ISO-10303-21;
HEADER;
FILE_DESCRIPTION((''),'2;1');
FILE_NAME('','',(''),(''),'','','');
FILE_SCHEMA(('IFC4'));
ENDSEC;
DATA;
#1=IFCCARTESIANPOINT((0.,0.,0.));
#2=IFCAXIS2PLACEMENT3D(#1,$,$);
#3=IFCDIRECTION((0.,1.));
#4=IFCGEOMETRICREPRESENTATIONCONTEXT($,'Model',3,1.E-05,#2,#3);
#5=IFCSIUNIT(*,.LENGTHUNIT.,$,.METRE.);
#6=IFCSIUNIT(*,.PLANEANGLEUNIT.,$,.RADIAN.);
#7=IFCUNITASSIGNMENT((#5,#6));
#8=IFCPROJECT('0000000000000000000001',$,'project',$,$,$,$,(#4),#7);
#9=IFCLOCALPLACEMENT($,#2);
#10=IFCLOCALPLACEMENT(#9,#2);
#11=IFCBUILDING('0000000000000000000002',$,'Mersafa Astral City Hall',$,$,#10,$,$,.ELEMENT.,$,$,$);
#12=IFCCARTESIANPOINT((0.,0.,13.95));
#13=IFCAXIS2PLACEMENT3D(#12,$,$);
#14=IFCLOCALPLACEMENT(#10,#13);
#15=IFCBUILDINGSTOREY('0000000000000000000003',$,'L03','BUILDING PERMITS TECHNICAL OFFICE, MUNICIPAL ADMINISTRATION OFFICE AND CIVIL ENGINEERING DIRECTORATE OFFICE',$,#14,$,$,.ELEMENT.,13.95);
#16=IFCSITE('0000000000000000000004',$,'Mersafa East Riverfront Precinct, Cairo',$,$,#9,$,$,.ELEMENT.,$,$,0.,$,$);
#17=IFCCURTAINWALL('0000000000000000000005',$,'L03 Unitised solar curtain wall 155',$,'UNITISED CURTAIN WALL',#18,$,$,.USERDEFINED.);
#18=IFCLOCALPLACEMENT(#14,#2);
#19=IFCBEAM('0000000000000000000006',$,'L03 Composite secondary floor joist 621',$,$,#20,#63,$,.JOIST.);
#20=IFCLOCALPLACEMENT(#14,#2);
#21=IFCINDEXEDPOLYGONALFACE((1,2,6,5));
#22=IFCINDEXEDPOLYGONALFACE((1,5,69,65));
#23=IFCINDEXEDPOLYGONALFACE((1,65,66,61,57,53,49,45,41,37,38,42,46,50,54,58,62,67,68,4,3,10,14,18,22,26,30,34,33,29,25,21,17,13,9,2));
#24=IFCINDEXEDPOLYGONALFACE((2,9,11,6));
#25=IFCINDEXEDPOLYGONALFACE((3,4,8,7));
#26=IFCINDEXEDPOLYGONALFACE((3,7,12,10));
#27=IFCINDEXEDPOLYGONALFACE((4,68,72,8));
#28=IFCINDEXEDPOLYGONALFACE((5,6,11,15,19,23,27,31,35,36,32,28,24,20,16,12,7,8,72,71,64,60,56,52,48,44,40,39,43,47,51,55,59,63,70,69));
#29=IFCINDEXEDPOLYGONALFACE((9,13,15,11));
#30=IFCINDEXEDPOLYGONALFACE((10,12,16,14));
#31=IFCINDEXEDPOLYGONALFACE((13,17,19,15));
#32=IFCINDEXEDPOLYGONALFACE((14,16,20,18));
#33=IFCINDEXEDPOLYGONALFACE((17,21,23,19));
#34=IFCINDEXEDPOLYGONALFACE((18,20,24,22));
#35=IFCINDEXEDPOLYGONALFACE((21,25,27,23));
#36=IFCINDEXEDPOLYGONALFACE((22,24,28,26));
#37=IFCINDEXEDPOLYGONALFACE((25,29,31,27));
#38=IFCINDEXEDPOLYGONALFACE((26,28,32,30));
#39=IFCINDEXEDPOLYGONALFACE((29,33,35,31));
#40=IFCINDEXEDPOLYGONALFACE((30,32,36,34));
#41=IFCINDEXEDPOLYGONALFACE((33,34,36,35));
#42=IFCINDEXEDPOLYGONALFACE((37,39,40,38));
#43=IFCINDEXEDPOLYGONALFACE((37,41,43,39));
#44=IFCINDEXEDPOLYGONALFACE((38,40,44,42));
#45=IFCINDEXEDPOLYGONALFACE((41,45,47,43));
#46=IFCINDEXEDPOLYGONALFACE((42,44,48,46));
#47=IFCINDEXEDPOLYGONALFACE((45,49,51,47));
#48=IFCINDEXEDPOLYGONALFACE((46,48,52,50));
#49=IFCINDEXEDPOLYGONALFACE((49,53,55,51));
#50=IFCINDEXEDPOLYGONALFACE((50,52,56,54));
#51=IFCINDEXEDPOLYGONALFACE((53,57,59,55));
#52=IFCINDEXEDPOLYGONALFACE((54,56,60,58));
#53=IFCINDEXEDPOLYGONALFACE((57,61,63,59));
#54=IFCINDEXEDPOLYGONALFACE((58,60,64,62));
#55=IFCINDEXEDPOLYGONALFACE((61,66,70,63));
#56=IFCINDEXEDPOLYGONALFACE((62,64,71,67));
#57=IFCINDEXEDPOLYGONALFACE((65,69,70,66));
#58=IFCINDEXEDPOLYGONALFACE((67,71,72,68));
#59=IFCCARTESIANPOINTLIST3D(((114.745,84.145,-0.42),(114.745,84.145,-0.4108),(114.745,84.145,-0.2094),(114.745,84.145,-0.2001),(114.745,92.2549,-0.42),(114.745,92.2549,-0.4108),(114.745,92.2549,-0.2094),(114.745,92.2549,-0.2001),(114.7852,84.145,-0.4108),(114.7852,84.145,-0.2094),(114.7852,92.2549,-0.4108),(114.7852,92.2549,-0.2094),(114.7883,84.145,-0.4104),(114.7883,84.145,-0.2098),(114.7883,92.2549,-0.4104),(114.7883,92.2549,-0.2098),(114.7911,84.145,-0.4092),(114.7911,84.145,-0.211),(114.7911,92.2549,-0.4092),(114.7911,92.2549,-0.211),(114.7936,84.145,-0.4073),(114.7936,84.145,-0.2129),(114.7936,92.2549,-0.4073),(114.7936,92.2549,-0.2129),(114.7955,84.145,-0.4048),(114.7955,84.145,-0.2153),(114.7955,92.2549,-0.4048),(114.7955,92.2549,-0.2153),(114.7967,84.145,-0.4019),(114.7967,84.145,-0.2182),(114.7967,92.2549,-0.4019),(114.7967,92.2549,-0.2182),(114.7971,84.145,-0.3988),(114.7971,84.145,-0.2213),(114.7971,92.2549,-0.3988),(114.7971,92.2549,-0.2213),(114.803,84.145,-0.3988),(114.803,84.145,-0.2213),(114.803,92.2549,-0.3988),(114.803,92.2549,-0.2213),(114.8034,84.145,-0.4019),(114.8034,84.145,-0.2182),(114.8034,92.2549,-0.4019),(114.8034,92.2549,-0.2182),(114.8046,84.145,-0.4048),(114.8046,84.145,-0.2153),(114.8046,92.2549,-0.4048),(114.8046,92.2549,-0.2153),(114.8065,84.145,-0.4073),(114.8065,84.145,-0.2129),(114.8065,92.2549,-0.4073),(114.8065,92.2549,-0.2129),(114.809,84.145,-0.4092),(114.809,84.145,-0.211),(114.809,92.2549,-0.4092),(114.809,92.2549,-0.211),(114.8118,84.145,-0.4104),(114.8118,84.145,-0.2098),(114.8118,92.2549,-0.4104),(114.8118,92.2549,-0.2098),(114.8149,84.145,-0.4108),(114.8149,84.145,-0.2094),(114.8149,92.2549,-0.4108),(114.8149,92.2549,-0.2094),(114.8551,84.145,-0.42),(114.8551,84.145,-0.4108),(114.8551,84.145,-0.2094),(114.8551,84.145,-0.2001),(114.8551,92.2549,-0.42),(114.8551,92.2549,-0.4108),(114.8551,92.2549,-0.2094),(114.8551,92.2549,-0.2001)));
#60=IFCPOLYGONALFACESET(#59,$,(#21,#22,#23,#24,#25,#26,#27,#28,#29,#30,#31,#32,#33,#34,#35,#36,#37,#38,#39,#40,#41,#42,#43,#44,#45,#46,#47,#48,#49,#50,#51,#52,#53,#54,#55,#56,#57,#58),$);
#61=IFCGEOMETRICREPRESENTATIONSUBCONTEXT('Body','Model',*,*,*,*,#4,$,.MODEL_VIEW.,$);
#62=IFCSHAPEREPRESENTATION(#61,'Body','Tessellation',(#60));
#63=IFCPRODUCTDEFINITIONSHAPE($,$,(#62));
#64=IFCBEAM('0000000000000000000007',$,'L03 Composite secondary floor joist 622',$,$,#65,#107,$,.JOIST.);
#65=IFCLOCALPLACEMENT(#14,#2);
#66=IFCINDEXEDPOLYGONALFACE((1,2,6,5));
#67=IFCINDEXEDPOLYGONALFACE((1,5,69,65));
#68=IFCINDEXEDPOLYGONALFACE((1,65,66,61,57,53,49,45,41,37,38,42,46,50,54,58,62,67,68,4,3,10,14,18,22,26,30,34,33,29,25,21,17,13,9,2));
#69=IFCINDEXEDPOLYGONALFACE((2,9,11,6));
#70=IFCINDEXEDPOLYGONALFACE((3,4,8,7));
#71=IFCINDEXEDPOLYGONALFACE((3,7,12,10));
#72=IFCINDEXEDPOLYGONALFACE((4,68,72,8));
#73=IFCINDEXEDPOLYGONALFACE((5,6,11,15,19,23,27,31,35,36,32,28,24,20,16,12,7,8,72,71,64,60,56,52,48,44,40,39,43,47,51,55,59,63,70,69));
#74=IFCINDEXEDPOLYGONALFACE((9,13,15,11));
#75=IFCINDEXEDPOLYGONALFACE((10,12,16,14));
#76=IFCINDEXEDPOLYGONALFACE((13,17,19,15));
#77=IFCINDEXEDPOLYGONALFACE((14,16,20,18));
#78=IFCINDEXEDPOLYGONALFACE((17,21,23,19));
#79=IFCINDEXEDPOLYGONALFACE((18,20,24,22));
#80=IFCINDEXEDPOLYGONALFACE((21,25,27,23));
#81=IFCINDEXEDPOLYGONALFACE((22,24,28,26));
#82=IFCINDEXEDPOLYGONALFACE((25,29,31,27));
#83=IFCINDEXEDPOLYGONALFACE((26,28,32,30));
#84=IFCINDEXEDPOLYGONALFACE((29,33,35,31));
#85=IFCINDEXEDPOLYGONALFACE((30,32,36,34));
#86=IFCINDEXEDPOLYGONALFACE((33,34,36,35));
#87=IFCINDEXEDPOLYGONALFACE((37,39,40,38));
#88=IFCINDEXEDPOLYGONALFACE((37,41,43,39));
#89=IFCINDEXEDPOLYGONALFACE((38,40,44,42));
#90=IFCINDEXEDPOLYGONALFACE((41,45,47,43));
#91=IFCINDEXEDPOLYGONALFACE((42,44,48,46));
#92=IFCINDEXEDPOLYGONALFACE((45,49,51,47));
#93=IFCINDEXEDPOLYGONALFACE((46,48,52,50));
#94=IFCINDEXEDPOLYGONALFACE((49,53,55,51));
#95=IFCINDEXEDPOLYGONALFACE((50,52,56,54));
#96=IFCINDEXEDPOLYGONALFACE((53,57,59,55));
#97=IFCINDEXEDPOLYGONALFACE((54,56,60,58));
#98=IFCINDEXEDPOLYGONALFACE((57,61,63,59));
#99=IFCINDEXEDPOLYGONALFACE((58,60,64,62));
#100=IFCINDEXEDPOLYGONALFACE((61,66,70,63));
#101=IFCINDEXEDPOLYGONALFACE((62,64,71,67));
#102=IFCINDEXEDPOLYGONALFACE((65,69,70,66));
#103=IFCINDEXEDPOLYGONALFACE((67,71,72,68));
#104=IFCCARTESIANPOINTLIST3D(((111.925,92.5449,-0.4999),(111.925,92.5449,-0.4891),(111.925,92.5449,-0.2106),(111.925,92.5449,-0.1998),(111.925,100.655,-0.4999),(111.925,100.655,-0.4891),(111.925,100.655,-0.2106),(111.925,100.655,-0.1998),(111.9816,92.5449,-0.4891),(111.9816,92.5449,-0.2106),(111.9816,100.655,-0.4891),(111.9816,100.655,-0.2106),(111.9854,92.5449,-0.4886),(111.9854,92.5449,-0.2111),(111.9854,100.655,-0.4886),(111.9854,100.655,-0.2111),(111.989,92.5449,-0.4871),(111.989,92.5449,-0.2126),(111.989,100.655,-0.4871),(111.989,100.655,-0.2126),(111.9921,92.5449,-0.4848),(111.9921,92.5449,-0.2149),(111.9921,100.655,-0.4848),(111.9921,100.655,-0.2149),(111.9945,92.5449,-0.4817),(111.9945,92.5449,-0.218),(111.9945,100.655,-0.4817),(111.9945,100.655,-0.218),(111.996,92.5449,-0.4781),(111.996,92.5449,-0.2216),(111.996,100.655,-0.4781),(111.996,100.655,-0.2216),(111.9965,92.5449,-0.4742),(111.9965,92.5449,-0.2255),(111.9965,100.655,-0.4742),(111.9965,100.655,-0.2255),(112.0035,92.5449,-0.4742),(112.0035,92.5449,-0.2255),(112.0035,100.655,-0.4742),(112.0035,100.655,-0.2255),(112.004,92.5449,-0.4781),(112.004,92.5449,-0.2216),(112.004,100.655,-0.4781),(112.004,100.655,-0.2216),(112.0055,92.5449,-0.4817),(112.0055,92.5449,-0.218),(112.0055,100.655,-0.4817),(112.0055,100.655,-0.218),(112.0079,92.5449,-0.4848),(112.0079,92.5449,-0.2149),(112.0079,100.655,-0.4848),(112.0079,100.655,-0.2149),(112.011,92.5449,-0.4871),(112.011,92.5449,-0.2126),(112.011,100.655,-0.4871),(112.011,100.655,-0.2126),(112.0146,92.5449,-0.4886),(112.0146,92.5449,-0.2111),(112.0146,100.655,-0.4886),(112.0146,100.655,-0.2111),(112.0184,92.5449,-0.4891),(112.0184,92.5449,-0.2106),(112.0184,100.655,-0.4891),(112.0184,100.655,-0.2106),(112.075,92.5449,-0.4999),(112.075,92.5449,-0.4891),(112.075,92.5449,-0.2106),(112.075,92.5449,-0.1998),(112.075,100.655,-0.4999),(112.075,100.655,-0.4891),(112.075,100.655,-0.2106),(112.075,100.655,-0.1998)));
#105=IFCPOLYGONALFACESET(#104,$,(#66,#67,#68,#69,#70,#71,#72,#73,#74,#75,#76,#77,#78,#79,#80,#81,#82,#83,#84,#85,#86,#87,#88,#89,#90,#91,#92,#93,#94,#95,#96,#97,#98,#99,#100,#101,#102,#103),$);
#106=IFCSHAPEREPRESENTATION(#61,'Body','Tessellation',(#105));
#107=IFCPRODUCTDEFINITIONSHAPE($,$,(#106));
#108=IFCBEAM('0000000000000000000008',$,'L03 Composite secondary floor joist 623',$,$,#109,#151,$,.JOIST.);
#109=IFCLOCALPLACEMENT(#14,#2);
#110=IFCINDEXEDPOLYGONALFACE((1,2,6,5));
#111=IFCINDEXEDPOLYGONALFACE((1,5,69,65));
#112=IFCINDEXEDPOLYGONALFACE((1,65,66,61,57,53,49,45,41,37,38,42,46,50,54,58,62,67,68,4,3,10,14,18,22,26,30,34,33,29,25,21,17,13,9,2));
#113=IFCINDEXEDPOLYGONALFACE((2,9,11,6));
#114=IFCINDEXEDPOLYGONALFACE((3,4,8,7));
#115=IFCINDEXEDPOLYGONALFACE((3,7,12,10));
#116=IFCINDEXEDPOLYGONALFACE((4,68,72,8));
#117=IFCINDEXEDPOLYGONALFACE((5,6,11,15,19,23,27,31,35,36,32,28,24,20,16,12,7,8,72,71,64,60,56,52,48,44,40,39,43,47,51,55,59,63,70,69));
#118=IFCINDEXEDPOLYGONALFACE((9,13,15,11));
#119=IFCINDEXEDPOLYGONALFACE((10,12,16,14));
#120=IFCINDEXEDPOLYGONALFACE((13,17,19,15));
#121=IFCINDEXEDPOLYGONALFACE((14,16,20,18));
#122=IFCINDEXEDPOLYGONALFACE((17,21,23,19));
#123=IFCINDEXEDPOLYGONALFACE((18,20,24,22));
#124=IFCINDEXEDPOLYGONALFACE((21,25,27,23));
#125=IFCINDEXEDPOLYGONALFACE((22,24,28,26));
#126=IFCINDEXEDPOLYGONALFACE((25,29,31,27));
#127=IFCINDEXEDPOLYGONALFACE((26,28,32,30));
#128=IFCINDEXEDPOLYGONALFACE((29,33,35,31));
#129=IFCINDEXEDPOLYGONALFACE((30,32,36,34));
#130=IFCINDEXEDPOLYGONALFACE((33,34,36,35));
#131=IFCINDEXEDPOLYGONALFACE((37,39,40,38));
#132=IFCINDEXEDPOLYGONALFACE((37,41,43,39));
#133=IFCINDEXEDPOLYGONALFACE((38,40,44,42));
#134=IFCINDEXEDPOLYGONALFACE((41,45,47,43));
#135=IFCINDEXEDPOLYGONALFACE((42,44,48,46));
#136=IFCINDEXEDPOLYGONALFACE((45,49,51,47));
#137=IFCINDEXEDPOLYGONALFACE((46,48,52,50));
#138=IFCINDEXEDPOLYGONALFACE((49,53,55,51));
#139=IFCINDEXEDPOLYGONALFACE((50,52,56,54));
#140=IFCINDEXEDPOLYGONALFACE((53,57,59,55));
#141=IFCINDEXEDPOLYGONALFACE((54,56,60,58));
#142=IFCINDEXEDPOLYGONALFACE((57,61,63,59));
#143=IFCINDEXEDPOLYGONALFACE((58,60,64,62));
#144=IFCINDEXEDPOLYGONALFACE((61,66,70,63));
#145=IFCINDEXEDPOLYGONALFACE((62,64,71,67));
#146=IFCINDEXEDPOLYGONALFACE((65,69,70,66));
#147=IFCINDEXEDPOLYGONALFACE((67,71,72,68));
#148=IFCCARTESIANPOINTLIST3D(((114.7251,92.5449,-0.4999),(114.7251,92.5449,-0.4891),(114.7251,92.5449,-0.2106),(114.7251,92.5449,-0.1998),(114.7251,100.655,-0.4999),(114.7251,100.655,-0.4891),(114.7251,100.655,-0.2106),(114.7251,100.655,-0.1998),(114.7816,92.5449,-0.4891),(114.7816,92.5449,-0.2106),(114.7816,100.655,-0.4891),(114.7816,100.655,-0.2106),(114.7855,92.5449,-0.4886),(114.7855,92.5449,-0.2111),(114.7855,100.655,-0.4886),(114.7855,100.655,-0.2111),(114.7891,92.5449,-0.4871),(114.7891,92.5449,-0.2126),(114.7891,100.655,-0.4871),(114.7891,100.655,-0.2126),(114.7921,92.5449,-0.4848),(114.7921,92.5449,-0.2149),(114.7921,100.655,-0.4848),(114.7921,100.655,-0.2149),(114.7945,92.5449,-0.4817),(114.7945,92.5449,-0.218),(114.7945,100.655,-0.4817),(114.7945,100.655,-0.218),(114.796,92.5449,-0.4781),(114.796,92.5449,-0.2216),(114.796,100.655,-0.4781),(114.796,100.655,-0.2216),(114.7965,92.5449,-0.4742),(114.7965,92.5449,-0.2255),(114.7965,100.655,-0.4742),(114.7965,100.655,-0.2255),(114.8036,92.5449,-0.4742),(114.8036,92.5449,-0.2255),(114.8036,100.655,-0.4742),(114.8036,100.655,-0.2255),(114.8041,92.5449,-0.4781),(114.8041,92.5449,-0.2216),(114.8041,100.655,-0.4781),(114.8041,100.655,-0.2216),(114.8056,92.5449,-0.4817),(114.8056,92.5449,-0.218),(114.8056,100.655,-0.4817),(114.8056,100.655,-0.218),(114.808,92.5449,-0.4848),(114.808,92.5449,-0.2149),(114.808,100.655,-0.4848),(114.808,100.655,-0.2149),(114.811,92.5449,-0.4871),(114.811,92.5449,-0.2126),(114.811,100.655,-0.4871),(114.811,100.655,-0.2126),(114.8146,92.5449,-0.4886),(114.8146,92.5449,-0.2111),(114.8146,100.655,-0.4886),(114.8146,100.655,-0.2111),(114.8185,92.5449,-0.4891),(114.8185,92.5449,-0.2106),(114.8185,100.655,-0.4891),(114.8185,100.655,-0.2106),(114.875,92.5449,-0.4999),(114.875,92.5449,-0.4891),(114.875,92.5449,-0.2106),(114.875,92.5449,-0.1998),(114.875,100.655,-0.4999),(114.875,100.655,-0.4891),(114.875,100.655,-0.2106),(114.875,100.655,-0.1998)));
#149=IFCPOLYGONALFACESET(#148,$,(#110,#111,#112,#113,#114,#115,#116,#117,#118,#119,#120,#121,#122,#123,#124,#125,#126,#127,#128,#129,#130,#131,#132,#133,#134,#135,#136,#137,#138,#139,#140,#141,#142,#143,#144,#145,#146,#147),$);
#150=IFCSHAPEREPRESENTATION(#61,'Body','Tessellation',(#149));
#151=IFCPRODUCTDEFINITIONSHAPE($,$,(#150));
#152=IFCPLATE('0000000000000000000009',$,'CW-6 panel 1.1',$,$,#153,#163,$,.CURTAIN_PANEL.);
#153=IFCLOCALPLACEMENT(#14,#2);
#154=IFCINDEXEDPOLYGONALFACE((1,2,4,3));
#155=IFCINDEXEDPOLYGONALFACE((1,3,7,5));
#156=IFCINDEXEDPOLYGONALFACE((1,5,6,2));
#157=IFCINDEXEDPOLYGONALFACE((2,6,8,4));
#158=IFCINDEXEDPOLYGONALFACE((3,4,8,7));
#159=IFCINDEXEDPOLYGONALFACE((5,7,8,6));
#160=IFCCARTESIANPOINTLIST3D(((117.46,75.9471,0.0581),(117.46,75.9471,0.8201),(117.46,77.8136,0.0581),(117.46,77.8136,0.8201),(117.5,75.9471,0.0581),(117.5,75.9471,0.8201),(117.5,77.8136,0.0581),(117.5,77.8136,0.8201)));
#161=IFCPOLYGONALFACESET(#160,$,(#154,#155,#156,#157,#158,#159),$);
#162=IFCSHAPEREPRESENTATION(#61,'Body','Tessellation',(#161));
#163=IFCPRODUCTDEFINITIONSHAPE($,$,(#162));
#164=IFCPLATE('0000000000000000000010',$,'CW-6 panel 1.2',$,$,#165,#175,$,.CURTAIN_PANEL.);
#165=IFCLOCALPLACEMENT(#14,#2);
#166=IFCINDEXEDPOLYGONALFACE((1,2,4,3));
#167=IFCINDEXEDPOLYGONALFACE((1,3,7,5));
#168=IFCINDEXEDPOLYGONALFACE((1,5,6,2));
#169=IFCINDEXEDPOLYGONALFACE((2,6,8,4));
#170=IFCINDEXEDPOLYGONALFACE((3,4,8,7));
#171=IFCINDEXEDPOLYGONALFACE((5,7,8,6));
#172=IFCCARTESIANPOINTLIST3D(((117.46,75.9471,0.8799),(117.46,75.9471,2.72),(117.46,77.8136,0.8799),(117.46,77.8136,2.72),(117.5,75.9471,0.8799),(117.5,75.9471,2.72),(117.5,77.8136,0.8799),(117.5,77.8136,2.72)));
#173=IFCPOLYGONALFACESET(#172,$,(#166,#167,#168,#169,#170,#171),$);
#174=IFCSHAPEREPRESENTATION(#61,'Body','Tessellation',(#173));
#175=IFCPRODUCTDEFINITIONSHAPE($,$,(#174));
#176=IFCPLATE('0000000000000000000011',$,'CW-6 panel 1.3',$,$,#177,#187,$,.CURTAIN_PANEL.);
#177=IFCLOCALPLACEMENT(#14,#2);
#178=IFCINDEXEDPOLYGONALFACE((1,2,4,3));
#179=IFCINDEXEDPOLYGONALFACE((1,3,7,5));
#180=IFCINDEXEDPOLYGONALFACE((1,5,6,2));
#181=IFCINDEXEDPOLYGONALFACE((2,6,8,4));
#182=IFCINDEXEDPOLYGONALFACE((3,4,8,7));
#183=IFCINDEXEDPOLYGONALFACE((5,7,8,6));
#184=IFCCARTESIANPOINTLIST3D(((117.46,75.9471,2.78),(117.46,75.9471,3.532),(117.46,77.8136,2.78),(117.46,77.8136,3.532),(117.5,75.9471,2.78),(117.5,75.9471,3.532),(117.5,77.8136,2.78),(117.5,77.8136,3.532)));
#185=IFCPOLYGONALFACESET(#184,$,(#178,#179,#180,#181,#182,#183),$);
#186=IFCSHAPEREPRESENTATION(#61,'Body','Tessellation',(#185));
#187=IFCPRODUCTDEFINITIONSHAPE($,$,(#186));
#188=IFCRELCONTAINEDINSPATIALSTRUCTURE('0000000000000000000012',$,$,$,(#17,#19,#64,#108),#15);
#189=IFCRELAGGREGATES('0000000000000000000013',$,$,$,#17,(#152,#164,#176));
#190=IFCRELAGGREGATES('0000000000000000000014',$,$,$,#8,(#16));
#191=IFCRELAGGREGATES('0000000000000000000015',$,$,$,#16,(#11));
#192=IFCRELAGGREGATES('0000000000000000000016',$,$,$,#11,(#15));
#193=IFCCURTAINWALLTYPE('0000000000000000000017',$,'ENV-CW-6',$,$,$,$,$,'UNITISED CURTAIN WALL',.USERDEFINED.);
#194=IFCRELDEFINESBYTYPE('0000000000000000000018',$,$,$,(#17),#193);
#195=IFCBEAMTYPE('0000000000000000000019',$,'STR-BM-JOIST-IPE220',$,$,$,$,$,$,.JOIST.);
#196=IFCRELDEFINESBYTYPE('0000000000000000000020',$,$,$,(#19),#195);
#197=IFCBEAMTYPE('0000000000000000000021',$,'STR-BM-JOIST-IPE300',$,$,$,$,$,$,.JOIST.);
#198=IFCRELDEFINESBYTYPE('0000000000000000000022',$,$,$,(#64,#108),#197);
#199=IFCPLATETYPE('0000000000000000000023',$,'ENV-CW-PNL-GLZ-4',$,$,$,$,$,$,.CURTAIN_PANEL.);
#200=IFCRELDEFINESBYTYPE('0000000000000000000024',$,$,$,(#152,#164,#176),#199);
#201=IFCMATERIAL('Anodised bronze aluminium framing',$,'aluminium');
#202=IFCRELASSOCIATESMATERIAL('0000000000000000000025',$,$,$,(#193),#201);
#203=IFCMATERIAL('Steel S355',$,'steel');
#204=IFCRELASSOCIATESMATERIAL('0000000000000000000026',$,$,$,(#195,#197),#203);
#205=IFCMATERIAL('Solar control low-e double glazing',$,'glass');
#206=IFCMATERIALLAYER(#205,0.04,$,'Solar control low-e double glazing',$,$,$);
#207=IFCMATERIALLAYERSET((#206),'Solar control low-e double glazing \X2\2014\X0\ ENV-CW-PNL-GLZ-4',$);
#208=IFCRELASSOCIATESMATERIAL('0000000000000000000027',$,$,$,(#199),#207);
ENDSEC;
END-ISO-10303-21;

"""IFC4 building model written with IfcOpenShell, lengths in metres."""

from ifc_helpers import new_model, si_unit, direction, frame, origin, origin_2d, place, context, subcontext, project, spatial, rectangle, i_section, extrude, material, layer, layer_set, material_profile, profile_set, type_object, element, aggregate, save


model = new_model("IFC4")

# Units and contexts
model_context = context("Model", 3, precision=1e-05, world=origin(), true_north=direction((0.0, 1.0)))
body_context = subcontext(model_context, "Body", "Model", "MODEL_VIEW")
ifc_project = project(units=[si_unit("LENGTHUNIT", "METRE"), si_unit("PLANEANGLEUNIT", "RADIAN")], contexts=[model_context])

# Site, building, storey
site_placement = place(None, origin())
site = spatial("IfcSite", under=ifc_project, at=site_placement, Name="Mersafa East Riverfront Precinct, Cairo", CompositionType="ELEMENT", RefElevation=0.0)
building_placement = place(site_placement, origin())
building = spatial("IfcBuilding", under=site, at=building_placement, Name="Mersafa Astral City Hall", CompositionType="ELEMENT")
storey_placement = place(building_placement, frame((0.0, 0.0, 13.95)))
storey = spatial("IfcBuildingStorey", under=building, at=storey_placement, Name="L03", Description="BUILDING PERMITS TECHNICAL OFFICE, MUNICIPAL ADMINISTRATION OFFICE AND CIVIL ENGINEERING DIRECTORATE OFFICE", CompositionType="ELEMENT", Elevation=13.95)

# Curtain wall
ifc_material_1 = material(Name="Anodised bronze aluminium framing", Category="aluminium")
curtain_wall_type = type_object("IfcCurtainWallType", Name="ENV-CW-6", ElementType="UNITISED CURTAIN WALL", PredefinedType="USERDEFINED", material=ifc_material_1)
curtain_wall_placement = place(storey_placement, origin())
curtain_wall = element("IfcCurtainWall", 1, at=curtain_wall_placement, inside=storey, type_object=curtain_wall_type, Name="L03 Unitised solar curtain wall 155", ObjectType="UNITISED CURTAIN WALL", PredefinedType="USERDEFINED")

# Beams
ifc_material_2 = material(Name="Steel S355", Category="steel")
ifc_material_profile_1 = material_profile(ifc_material_2, i_section(OverallWidth=0.1101, OverallDepth=0.22, WebThickness=0.0059, FlangeThickness=0.0093, FilletRadius=0.012, at=origin_2d()), Name="IPE 220")
ifc_profile_set_1 = profile_set([ifc_material_profile_1], Name="Steel S355")
beam_type_1 = type_object("IfcBeamType", Name="STR-BM-JOIST-IPE220", PredefinedType="JOIST", material=ifc_profile_set_1)
for number, where, z_axis, x_axis, name in (
    (2, (114.8, 84.145, -0.3101), (0.0, 1.0, 0.0), (-1.0, 0.0, 0.0), "L03 Composite secondary floor joist 621"),
):
    element("IfcBeam", number, at=place(storey_placement, frame(where, z_axis=z_axis, x_axis=x_axis)), inside=storey, type_object=beam_type_1, Name=name, PredefinedType="JOIST", context=body_context, shape_type="SweptSolid", body=[
        extrude(i_section(OverallWidth=0.1101, OverallDepth=0.22, WebThickness=0.0059, FlangeThickness=0.0093, FilletRadius=0.012, at=origin_2d()), origin(), (0.0, 0.0, 1.0), 8.1099),
    ])
ifc_material_profile_2 = material_profile(ifc_material_2, i_section(OverallWidth=0.1499, OverallDepth=0.3, WebThickness=0.0071, FlangeThickness=0.0107, FilletRadius=0.0149, at=origin_2d()), Name="IPE 300")
ifc_profile_set_2 = profile_set([ifc_material_profile_2], Name="Steel S355")
beam_type_2 = type_object("IfcBeamType", Name="STR-BM-JOIST-IPE300", PredefinedType="JOIST", material=ifc_profile_set_2)
for number, where, z_axis, x_axis, name in (
    (3, (112.0, 92.5449, -0.3499), (0.0, 1.0, 0.0), (-1.0, 0.0, 0.0), "L03 Composite secondary floor joist 622"),
    (4, (114.8, 92.5449, -0.3499), (0.0, 1.0, 0.0), (-1.0, 0.0, 0.0), "L03 Composite secondary floor joist 623"),
):
    element("IfcBeam", number, at=place(storey_placement, frame(where, z_axis=z_axis, x_axis=x_axis)), inside=storey, type_object=beam_type_2, Name=name, PredefinedType="JOIST", context=body_context, shape_type="SweptSolid", body=[
        extrude(i_section(OverallWidth=0.1499, OverallDepth=0.3, WebThickness=0.0071, FlangeThickness=0.0107, FilletRadius=0.0149, at=origin_2d()), origin(), (0.0, 0.0, 1.0), 8.1101),
    ])

# Plates
ifc_material_3 = material(Name="Solar control low-e double glazing", Category="glass")
ifc_layer_1 = layer(ifc_material_3, 0.04, Name="Solar control low-e double glazing")
ifc_layer_set_1 = layer_set([ifc_layer_1], Name="Solar control low-e double glazing — ENV-CW-PNL-GLZ-4")
plate_type = type_object("IfcPlateType", Name="ENV-CW-PNL-GLZ-4", PredefinedType="CURTAIN_PANEL", material=ifc_layer_set_1)
plate_1_placement = place(storey_placement, frame((117.48, 76.8804, 0.0581), z_axis=(0.0, 0.0, 1.0), x_axis=(0.0, 1.0, 0.0)))
plate_1 = element("IfcPlate", 5, at=plate_1_placement, type_object=plate_type, Name="CW-6 panel 1.1", PredefinedType="CURTAIN_PANEL", context=body_context, shape_type="SweptSolid", body=[
    extrude(rectangle(XDim=1.8665, YDim=0.04, at=origin_2d()), origin(), (0.0, 0.0, 1.0), 0.762),
])
plate_2_placement = place(storey_placement, frame((117.48, 76.8804, 0.8799), z_axis=(0.0, 0.0, 1.0), x_axis=(0.0, 1.0, 0.0)))
plate_2 = element("IfcPlate", 6, at=plate_2_placement, type_object=plate_type, Name="CW-6 panel 1.2", PredefinedType="CURTAIN_PANEL", context=body_context, shape_type="SweptSolid", body=[
    extrude(rectangle(XDim=1.8665, YDim=0.04, at=origin_2d()), origin(), (0.0, 0.0, 1.0), 1.8401),
])
plate_3_placement = place(storey_placement, frame((117.48, 76.8804, 2.78), z_axis=(0.0, 0.0, 1.0), x_axis=(0.0, 1.0, 0.0)))
plate_3 = element("IfcPlate", 7, at=plate_3_placement, type_object=plate_type, Name="CW-6 panel 1.3", PredefinedType="CURTAIN_PANEL", context=body_context, shape_type="SweptSolid", body=[
    extrude(rectangle(XDim=1.8665, YDim=0.04, at=origin_2d()), origin(), (0.0, 0.0, 1.0), 0.752),
])
aggregate(curtain_wall, [plate_1, plate_2, plate_3])

save(model, "model.ifc")
